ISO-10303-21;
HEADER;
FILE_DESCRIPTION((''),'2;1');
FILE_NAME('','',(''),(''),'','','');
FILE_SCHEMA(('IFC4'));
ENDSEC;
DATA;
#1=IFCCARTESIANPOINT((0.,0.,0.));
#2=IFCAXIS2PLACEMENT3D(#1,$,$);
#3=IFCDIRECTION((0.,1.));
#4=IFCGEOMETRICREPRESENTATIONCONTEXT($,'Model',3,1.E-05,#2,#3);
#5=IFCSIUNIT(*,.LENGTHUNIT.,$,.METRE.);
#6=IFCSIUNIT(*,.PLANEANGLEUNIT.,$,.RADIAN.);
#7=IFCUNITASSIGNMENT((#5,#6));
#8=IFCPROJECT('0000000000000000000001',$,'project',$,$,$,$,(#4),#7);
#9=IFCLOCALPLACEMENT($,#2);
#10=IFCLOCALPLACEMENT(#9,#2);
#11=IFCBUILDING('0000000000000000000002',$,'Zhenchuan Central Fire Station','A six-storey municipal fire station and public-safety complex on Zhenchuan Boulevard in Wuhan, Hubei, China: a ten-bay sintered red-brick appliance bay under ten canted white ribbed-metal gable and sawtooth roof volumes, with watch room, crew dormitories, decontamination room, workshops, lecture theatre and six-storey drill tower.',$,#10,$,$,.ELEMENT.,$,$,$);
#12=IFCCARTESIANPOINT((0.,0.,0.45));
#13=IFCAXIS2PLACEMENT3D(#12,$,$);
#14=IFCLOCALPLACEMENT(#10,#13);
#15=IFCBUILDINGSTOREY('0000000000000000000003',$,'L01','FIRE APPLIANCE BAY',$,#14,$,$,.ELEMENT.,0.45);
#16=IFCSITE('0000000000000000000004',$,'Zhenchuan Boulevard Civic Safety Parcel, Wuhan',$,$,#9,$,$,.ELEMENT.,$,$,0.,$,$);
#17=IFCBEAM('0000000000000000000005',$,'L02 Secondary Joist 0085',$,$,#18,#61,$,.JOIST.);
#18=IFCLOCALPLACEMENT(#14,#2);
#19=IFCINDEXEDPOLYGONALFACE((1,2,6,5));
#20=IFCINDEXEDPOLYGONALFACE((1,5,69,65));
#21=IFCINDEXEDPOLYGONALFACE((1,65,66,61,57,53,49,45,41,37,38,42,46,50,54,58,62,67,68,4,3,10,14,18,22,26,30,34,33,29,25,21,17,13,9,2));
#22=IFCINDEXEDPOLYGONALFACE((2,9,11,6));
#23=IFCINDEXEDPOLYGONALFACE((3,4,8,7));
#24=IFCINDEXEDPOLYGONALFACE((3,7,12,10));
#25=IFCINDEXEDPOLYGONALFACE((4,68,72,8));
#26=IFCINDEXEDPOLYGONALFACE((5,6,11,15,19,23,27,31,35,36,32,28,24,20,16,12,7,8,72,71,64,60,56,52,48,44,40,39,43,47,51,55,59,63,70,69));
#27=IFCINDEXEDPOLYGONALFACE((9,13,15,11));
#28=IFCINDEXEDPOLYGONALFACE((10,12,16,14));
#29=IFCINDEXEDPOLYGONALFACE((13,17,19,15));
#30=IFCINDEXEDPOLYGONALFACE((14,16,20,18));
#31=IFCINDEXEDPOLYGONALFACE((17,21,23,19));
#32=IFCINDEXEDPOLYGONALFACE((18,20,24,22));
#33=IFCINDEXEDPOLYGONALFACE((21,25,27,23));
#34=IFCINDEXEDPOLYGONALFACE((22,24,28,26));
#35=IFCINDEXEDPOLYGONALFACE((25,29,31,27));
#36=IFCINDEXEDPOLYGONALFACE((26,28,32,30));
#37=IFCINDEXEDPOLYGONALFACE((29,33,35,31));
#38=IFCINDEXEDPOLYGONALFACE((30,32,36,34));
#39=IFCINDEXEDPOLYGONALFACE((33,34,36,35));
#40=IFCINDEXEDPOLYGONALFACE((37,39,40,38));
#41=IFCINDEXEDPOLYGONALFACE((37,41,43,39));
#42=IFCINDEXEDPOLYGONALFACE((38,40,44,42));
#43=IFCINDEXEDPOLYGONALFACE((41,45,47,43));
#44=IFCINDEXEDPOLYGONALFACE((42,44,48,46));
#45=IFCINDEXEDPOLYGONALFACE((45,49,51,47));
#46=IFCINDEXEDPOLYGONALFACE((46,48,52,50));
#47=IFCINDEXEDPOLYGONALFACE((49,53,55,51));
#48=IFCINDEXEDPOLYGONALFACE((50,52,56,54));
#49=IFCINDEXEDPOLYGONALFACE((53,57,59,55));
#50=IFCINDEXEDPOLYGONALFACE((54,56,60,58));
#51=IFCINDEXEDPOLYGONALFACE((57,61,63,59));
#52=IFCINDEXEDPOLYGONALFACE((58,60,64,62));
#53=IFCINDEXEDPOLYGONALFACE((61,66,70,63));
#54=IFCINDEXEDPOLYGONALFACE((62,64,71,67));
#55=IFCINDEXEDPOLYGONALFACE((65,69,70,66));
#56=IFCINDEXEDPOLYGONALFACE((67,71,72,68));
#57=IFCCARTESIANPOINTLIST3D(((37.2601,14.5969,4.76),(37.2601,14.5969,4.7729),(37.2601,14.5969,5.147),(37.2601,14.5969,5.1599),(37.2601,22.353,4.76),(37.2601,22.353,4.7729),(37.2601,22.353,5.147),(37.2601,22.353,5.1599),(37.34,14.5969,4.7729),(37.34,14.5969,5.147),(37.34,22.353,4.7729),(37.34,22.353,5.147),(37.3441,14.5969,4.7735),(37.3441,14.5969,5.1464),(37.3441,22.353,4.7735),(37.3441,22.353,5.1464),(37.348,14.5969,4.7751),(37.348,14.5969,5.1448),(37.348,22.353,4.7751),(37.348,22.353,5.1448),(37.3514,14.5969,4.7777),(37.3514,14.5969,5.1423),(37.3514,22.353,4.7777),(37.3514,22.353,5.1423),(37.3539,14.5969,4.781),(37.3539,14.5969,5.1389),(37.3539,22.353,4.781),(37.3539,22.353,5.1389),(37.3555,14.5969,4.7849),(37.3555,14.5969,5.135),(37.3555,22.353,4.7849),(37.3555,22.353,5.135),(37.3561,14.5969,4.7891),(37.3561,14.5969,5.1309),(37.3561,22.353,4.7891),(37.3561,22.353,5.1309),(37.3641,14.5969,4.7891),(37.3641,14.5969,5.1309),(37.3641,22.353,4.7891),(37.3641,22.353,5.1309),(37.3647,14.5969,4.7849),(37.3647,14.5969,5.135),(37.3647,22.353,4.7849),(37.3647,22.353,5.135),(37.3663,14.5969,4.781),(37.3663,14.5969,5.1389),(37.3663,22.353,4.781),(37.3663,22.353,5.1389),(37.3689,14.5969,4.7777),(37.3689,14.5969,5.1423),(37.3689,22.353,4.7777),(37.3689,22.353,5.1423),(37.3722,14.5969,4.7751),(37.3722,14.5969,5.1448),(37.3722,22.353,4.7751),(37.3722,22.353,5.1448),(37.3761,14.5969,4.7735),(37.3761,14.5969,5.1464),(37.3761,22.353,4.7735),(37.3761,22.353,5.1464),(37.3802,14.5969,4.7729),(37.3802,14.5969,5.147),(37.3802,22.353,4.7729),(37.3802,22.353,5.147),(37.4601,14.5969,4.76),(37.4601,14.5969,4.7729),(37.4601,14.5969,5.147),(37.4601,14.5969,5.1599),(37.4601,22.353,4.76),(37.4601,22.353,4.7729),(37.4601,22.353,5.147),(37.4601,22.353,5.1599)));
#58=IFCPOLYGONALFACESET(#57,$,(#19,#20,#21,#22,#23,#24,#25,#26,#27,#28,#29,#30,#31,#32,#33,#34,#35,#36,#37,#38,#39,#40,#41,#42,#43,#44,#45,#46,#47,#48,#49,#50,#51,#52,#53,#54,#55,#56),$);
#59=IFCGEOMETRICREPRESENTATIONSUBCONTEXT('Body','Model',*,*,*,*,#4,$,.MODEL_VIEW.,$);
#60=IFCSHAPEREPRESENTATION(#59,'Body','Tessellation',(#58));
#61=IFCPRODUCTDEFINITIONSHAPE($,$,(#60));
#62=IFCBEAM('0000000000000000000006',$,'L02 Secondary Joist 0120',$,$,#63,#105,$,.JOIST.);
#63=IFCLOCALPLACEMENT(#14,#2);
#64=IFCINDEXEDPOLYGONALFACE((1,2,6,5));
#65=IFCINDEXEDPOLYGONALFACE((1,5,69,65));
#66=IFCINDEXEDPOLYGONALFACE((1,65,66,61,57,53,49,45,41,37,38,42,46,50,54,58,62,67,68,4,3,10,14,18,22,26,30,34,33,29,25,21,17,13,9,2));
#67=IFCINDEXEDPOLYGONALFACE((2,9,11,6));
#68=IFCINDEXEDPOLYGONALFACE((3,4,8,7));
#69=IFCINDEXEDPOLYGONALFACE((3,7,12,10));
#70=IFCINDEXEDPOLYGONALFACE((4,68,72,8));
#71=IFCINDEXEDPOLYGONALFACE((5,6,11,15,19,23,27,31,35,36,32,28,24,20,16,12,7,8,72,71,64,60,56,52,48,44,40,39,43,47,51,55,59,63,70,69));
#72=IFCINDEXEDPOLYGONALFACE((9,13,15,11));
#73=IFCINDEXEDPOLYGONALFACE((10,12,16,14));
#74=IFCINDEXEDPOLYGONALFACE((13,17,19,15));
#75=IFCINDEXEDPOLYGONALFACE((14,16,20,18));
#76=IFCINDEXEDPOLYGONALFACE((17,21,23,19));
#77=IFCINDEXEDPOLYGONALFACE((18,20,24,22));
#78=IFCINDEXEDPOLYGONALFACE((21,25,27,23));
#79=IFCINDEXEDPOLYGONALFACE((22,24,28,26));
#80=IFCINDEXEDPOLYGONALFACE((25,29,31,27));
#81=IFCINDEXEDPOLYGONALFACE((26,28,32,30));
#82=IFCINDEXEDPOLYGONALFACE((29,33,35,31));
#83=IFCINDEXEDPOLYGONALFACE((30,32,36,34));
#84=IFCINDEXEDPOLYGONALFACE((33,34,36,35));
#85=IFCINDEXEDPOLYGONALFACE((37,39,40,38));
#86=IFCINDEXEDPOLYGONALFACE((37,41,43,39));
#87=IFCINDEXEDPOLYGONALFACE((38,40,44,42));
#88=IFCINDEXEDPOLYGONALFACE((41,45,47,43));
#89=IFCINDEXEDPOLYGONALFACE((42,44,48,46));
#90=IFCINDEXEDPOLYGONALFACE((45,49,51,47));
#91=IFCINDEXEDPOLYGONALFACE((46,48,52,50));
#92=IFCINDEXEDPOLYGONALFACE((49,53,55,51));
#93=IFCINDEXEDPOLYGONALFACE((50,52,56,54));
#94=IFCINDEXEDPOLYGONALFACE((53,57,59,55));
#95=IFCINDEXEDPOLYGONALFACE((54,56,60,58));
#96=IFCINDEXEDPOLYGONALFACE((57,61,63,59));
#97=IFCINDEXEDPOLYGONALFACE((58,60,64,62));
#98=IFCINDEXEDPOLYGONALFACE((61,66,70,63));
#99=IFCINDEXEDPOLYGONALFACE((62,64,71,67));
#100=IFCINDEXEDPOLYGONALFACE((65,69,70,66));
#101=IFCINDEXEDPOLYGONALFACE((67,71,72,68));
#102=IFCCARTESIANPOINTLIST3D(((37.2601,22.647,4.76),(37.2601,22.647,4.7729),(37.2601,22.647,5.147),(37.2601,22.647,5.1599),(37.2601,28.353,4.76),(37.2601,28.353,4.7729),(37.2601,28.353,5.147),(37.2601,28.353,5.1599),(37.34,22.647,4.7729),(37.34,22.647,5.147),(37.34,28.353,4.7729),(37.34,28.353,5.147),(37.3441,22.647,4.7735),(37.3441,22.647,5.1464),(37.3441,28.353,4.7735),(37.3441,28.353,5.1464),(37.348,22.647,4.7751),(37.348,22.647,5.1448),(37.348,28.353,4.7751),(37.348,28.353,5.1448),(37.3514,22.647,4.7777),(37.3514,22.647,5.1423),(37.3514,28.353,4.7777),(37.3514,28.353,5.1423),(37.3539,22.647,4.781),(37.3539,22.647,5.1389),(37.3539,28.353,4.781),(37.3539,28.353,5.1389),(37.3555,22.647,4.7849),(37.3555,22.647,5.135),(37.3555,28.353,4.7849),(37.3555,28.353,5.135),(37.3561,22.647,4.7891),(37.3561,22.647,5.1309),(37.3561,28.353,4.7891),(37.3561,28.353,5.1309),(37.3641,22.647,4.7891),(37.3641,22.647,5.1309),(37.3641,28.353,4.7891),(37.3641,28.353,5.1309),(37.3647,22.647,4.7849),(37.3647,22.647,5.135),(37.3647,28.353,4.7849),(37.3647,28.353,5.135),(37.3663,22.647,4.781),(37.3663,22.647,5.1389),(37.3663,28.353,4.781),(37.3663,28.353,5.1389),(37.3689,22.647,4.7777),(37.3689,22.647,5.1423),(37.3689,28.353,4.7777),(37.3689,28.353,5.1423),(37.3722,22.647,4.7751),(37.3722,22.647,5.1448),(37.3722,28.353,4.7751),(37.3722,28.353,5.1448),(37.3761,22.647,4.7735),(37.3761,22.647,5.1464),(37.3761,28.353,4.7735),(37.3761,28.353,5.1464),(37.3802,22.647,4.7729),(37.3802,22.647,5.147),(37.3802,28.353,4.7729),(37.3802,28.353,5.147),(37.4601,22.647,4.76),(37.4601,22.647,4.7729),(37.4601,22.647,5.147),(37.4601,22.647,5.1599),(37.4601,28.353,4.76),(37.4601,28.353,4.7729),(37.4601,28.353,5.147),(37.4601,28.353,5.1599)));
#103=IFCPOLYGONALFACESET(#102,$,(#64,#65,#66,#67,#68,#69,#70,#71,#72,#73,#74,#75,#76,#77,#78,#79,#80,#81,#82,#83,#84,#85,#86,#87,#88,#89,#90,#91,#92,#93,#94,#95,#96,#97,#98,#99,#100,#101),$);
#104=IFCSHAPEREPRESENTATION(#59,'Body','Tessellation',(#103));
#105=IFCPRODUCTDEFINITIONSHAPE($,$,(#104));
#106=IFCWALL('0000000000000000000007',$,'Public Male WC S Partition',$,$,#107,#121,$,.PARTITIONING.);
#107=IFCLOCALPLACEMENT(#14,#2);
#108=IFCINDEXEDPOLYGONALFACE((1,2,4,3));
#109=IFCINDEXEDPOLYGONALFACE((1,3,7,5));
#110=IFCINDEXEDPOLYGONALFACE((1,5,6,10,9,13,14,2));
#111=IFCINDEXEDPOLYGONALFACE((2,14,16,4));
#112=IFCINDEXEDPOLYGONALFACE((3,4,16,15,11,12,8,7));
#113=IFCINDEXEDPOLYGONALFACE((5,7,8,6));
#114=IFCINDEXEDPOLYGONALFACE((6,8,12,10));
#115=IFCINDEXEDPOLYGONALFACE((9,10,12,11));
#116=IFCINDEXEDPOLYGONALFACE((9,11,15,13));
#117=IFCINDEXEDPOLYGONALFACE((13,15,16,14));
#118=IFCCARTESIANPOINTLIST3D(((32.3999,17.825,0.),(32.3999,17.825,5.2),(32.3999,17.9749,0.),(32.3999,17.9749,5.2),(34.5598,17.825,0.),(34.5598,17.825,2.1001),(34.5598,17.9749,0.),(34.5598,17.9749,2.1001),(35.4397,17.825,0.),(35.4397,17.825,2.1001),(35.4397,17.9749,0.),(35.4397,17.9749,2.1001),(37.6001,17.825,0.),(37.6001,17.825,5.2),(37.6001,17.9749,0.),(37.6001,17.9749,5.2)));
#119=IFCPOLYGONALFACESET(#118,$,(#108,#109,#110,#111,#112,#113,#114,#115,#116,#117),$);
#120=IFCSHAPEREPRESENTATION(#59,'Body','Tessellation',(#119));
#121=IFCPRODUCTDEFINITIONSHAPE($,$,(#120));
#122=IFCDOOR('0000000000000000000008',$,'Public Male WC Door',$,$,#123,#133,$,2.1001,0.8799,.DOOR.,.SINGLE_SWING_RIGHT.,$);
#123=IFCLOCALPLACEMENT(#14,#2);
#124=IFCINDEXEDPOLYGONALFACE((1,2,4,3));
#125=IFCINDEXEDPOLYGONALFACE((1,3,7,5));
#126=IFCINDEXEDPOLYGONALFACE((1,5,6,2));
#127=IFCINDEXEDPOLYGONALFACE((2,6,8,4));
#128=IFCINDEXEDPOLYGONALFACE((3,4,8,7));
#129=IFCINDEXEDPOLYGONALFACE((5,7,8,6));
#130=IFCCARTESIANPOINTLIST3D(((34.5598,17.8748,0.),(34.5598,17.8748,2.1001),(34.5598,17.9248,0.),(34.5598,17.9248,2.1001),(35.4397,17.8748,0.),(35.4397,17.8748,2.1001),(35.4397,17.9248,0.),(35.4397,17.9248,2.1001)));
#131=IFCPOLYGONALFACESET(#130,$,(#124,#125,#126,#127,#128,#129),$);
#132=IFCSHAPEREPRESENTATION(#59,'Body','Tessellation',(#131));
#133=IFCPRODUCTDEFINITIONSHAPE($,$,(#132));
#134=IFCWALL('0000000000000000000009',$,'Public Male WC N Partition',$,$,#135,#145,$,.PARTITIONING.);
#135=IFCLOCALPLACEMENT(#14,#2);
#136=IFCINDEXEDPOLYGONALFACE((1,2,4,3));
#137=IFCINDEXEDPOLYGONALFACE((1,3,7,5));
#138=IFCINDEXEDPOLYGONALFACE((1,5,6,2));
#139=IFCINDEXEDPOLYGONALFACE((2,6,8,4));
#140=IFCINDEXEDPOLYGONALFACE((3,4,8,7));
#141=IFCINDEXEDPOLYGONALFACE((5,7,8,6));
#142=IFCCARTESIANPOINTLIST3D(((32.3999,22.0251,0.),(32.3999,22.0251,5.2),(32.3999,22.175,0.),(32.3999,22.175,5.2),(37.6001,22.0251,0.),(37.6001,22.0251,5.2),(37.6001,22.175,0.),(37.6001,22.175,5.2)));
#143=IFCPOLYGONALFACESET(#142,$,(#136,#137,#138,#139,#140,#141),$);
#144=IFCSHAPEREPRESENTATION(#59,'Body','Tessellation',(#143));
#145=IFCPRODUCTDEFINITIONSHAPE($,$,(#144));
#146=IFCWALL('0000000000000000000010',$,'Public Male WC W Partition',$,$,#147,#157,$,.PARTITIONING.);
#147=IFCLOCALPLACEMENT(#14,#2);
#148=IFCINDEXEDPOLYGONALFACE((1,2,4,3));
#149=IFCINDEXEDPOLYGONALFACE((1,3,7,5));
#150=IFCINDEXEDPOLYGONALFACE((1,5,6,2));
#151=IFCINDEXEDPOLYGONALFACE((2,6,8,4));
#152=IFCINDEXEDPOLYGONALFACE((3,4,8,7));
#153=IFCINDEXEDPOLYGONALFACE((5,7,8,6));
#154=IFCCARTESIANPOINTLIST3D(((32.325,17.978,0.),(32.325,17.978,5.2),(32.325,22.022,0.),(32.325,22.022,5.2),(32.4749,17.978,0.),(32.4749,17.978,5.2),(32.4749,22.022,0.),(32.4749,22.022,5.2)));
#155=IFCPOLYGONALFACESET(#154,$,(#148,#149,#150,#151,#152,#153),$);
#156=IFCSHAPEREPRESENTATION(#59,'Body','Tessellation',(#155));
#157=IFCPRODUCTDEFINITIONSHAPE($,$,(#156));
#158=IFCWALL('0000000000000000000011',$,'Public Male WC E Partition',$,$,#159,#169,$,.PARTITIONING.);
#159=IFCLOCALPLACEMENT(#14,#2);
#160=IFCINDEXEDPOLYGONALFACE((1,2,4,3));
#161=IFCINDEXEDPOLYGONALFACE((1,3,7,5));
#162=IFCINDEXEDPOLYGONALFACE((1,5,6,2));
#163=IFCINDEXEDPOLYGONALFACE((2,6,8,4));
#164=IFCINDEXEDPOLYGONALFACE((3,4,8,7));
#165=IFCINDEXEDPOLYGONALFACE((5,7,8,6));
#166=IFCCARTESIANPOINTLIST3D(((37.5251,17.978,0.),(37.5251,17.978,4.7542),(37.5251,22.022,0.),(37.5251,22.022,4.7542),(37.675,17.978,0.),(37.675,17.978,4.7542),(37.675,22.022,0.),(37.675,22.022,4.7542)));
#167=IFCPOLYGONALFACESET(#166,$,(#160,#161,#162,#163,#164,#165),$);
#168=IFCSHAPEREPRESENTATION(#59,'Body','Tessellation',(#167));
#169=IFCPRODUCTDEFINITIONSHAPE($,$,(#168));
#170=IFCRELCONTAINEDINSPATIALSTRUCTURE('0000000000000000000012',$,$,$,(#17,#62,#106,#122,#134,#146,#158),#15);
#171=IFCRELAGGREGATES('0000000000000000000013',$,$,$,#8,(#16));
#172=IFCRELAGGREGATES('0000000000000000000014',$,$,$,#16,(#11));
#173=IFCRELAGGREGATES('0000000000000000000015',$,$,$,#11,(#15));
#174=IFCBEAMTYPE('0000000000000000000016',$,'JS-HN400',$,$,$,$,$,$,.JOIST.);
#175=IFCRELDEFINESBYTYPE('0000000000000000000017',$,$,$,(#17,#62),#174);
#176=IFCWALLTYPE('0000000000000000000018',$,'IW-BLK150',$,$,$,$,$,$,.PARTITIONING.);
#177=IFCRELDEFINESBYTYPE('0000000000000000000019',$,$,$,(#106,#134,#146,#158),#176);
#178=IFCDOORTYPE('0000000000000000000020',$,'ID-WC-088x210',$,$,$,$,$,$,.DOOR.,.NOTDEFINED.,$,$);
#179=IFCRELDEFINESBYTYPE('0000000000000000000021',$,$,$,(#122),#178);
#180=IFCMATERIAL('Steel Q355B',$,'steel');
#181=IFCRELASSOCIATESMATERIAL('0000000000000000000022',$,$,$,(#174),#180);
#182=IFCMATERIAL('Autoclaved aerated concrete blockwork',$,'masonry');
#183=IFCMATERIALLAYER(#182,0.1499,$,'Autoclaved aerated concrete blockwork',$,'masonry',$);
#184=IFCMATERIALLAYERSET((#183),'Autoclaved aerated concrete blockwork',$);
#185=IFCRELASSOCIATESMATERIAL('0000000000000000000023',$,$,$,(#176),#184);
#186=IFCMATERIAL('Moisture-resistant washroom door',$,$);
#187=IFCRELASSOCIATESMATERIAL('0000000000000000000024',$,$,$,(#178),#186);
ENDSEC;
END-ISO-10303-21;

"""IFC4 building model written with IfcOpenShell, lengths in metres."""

from ifc_helpers import new_model, si_unit, direction, frame, frame_2d, origin, origin_2d, place, context, subcontext, project, spatial, rectangle, i_section, extrude, material, layer, layer_set, material_profile, profile_set, type_object, element, fill, save


model = new_model("IFC4")

# Units and contexts
model_context = context("Model", 3, precision=1e-05, world=origin(), true_north=direction((0.0, 1.0)))
body_context = subcontext(model_context, "Body", "Model", "MODEL_VIEW")
ifc_project = project(units=[si_unit("LENGTHUNIT", "METRE"), si_unit("PLANEANGLEUNIT", "RADIAN")], contexts=[model_context])

# Site, building, storey
site_placement = place(None, origin())
site = spatial("IfcSite", under=ifc_project, at=site_placement, Name="Zhenchuan Boulevard Civic Safety Parcel, Wuhan", CompositionType="ELEMENT", RefElevation=0.0)
building_placement = place(site_placement, origin())
building = spatial("IfcBuilding", under=site, at=building_placement, Name="Zhenchuan Central Fire Station", Description="A six-storey municipal fire station and public-safety complex on Zhenchuan Boulevard in Wuhan, Hubei, China: a ten-bay sintered red-brick appliance bay under ten canted white ribbed-metal gable and sawtooth roof volumes, with watch room, crew dormitories, decontamination room, workshops, lecture theatre and six-storey drill tower.", CompositionType="ELEMENT")
storey_placement = place(building_placement, frame((0.0, 0.0, 0.45)))
storey = spatial("IfcBuildingStorey", under=building, at=storey_placement, Name="L01", Description="FIRE APPLIANCE BAY", CompositionType="ELEMENT", Elevation=0.45)

# Beams
ifc_material_1 = material(Name="Steel Q355B", Category="steel")
ifc_material_profile_1 = material_profile(ifc_material_1, i_section(OverallWidth=0.2, OverallDepth=0.3999, WebThickness=0.0081, FlangeThickness=0.0129, FilletRadius=0.0161, at=origin_2d()), Name="HN 400x200")
ifc_profile_set_1 = profile_set([ifc_material_profile_1], Name="Steel Q355B")
beam_type_1 = type_object("IfcBeamType", Name="JS-HN400", PredefinedType="JOIST", material=ifc_profile_set_1)
beam_1_placement = place(storey_placement, frame((37.3601, 14.5969, 4.96), z_axis=(0.0, 1.0, 0.0), x_axis=(-1.0, 0.0, 0.0)))
element("IfcBeam", 1, at=beam_1_placement, inside=storey, type_object=beam_type_1, Name="L02 Secondary Joist 0085", PredefinedType="JOIST", context=body_context, shape_type="SweptSolid", body=[
    extrude(i_section(OverallWidth=0.2, OverallDepth=0.3999, WebThickness=0.0081, FlangeThickness=0.0129, FilletRadius=0.0161, at=origin_2d()), origin(), (0.0, 0.0, 1.0), 7.7561),
])
beam_2_placement = place(storey_placement, frame((37.3601, 22.647, 4.96), z_axis=(0.0, 1.0, 0.0), x_axis=(-1.0, 0.0, 0.0)))
element("IfcBeam", 2, at=beam_2_placement, inside=storey, type_object=beam_type_1, Name="L02 Secondary Joist 0120", PredefinedType="JOIST", context=body_context, shape_type="SweptSolid", body=[
    extrude(i_section(OverallWidth=0.2, OverallDepth=0.3999, WebThickness=0.0081, FlangeThickness=0.0129, FilletRadius=0.0161, at=origin_2d()), origin(), (0.0, 0.0, 1.0), 5.7061),
])

# Wall, opening, door
ifc_material_2 = material(Name="Autoclaved aerated concrete blockwork", Category="masonry")
ifc_layer_1 = layer(ifc_material_2, 0.1499, Name="Autoclaved aerated concrete blockwork", Category="masonry")
ifc_layer_set_1 = layer_set([ifc_layer_1], Name="Autoclaved aerated concrete blockwork")
wall_type_1 = type_object("IfcWallType", Name="IW-BLK150", PredefinedType="PARTITIONING", material=ifc_layer_set_1)
wall_1_placement = place(storey_placement, frame((32.3999, 17.8999, 0.0), z_axis=(0.0, 0.0, 1.0), x_axis=(1.0, 0.0, 0.0)))
wall_1 = element("IfcWall", 3, at=wall_1_placement, inside=storey, type_object=wall_type_1, Name="Public Male WC S Partition", PredefinedType="PARTITIONING", context=body_context, shape_type="SweptSolid", body=[
    extrude(rectangle(XDim=5.2002, YDim=0.1499, at=frame_2d((2.6001, 0.0))), origin(), (0.0, 0.0, 1.0), 5.2),
])
opening_1_placement = place(wall_1_placement, frame((2.1599, 0.0, 0.0)))
opening_1 = element("IfcOpeningElement", 4, at=opening_1_placement, cuts=wall_1, PredefinedType="OPENING", context=body_context, shape_type="SweptSolid", body=[
    extrude(rectangle(XDim=0.8799, YDim=2.1001, at=frame_2d((0.4399, 1.05))), frame((0.0, 0.085, 0.0), z_axis=(0.0, -1.0, 0.0), x_axis=(1.0, 0.0, 0.0)), (0.0, 0.0, 1.0), 0.1699),
])
ifc_material_3 = material(Name="Moisture-resistant washroom door")
door_type_1 = type_object("IfcDoorType", Name="ID-WC-088x210", OperationType="NOTDEFINED", PredefinedType="DOOR", material=ifc_material_3)
door_1_placement = place(opening_1_placement, origin())
door_1 = element("IfcDoor", 5, at=door_1_placement, inside=storey, type_object=door_type_1, Name="Public Male WC Door", OperationType="SINGLE_SWING_RIGHT", OverallHeight=2.1001, OverallWidth=0.8799, PredefinedType="DOOR", context=body_context, shape_type="SweptSolid", body=[
    extrude(rectangle(XDim=0.8799, YDim=2.1001, at=frame_2d((0.4399, 1.05))), frame((0.0, 0.0249, 0.0), z_axis=(0.0, -1.0, 0.0), x_axis=(1.0, 0.0, 0.0)), (0.0, 0.0, 1.0), 0.05),
])
fill(opening_1, door_1)

# Walls
wall_2_placement = place(storey_placement, frame((32.3999, 22.1001, 0.0), z_axis=(0.0, 0.0, 1.0), x_axis=(1.0, 0.0, 0.0)))
element("IfcWall", 6, at=wall_2_placement, inside=storey, type_object=wall_type_1, Name="Public Male WC N Partition", PredefinedType="PARTITIONING", context=body_context, shape_type="SweptSolid", body=[
    extrude(rectangle(XDim=5.2002, YDim=0.1499, at=frame_2d((2.6001, 0.0))), origin(), (0.0, 0.0, 1.0), 5.2),
])
wall_3_placement = place(storey_placement, frame((32.3999, 17.978, 0.0), z_axis=(0.0, 0.0, 1.0), x_axis=(0.0, 1.0, 0.0)))
element("IfcWall", 7, at=wall_3_placement, inside=storey, type_object=wall_type_1, Name="Public Male WC W Partition", PredefinedType="PARTITIONING", context=body_context, shape_type="SweptSolid", body=[
    extrude(rectangle(XDim=4.0439, YDim=0.1499, at=frame_2d((2.022, 0.0))), origin(), (0.0, 0.0, 1.0), 5.2),
])
wall_4_placement = place(storey_placement, frame((37.6001, 17.978, 0.0), z_axis=(0.0, 0.0, 1.0), x_axis=(0.0, 1.0, 0.0)))
element("IfcWall", 8, at=wall_4_placement, inside=storey, type_object=wall_type_1, Name="Public Male WC E Partition", PredefinedType="PARTITIONING", context=body_context, shape_type="SweptSolid", body=[
    extrude(rectangle(XDim=4.0439, YDim=0.1499, at=frame_2d((2.022, 0.0))), origin(), (0.0, 0.0, 1.0), 4.7542),
])

save(model, "model.ifc")
